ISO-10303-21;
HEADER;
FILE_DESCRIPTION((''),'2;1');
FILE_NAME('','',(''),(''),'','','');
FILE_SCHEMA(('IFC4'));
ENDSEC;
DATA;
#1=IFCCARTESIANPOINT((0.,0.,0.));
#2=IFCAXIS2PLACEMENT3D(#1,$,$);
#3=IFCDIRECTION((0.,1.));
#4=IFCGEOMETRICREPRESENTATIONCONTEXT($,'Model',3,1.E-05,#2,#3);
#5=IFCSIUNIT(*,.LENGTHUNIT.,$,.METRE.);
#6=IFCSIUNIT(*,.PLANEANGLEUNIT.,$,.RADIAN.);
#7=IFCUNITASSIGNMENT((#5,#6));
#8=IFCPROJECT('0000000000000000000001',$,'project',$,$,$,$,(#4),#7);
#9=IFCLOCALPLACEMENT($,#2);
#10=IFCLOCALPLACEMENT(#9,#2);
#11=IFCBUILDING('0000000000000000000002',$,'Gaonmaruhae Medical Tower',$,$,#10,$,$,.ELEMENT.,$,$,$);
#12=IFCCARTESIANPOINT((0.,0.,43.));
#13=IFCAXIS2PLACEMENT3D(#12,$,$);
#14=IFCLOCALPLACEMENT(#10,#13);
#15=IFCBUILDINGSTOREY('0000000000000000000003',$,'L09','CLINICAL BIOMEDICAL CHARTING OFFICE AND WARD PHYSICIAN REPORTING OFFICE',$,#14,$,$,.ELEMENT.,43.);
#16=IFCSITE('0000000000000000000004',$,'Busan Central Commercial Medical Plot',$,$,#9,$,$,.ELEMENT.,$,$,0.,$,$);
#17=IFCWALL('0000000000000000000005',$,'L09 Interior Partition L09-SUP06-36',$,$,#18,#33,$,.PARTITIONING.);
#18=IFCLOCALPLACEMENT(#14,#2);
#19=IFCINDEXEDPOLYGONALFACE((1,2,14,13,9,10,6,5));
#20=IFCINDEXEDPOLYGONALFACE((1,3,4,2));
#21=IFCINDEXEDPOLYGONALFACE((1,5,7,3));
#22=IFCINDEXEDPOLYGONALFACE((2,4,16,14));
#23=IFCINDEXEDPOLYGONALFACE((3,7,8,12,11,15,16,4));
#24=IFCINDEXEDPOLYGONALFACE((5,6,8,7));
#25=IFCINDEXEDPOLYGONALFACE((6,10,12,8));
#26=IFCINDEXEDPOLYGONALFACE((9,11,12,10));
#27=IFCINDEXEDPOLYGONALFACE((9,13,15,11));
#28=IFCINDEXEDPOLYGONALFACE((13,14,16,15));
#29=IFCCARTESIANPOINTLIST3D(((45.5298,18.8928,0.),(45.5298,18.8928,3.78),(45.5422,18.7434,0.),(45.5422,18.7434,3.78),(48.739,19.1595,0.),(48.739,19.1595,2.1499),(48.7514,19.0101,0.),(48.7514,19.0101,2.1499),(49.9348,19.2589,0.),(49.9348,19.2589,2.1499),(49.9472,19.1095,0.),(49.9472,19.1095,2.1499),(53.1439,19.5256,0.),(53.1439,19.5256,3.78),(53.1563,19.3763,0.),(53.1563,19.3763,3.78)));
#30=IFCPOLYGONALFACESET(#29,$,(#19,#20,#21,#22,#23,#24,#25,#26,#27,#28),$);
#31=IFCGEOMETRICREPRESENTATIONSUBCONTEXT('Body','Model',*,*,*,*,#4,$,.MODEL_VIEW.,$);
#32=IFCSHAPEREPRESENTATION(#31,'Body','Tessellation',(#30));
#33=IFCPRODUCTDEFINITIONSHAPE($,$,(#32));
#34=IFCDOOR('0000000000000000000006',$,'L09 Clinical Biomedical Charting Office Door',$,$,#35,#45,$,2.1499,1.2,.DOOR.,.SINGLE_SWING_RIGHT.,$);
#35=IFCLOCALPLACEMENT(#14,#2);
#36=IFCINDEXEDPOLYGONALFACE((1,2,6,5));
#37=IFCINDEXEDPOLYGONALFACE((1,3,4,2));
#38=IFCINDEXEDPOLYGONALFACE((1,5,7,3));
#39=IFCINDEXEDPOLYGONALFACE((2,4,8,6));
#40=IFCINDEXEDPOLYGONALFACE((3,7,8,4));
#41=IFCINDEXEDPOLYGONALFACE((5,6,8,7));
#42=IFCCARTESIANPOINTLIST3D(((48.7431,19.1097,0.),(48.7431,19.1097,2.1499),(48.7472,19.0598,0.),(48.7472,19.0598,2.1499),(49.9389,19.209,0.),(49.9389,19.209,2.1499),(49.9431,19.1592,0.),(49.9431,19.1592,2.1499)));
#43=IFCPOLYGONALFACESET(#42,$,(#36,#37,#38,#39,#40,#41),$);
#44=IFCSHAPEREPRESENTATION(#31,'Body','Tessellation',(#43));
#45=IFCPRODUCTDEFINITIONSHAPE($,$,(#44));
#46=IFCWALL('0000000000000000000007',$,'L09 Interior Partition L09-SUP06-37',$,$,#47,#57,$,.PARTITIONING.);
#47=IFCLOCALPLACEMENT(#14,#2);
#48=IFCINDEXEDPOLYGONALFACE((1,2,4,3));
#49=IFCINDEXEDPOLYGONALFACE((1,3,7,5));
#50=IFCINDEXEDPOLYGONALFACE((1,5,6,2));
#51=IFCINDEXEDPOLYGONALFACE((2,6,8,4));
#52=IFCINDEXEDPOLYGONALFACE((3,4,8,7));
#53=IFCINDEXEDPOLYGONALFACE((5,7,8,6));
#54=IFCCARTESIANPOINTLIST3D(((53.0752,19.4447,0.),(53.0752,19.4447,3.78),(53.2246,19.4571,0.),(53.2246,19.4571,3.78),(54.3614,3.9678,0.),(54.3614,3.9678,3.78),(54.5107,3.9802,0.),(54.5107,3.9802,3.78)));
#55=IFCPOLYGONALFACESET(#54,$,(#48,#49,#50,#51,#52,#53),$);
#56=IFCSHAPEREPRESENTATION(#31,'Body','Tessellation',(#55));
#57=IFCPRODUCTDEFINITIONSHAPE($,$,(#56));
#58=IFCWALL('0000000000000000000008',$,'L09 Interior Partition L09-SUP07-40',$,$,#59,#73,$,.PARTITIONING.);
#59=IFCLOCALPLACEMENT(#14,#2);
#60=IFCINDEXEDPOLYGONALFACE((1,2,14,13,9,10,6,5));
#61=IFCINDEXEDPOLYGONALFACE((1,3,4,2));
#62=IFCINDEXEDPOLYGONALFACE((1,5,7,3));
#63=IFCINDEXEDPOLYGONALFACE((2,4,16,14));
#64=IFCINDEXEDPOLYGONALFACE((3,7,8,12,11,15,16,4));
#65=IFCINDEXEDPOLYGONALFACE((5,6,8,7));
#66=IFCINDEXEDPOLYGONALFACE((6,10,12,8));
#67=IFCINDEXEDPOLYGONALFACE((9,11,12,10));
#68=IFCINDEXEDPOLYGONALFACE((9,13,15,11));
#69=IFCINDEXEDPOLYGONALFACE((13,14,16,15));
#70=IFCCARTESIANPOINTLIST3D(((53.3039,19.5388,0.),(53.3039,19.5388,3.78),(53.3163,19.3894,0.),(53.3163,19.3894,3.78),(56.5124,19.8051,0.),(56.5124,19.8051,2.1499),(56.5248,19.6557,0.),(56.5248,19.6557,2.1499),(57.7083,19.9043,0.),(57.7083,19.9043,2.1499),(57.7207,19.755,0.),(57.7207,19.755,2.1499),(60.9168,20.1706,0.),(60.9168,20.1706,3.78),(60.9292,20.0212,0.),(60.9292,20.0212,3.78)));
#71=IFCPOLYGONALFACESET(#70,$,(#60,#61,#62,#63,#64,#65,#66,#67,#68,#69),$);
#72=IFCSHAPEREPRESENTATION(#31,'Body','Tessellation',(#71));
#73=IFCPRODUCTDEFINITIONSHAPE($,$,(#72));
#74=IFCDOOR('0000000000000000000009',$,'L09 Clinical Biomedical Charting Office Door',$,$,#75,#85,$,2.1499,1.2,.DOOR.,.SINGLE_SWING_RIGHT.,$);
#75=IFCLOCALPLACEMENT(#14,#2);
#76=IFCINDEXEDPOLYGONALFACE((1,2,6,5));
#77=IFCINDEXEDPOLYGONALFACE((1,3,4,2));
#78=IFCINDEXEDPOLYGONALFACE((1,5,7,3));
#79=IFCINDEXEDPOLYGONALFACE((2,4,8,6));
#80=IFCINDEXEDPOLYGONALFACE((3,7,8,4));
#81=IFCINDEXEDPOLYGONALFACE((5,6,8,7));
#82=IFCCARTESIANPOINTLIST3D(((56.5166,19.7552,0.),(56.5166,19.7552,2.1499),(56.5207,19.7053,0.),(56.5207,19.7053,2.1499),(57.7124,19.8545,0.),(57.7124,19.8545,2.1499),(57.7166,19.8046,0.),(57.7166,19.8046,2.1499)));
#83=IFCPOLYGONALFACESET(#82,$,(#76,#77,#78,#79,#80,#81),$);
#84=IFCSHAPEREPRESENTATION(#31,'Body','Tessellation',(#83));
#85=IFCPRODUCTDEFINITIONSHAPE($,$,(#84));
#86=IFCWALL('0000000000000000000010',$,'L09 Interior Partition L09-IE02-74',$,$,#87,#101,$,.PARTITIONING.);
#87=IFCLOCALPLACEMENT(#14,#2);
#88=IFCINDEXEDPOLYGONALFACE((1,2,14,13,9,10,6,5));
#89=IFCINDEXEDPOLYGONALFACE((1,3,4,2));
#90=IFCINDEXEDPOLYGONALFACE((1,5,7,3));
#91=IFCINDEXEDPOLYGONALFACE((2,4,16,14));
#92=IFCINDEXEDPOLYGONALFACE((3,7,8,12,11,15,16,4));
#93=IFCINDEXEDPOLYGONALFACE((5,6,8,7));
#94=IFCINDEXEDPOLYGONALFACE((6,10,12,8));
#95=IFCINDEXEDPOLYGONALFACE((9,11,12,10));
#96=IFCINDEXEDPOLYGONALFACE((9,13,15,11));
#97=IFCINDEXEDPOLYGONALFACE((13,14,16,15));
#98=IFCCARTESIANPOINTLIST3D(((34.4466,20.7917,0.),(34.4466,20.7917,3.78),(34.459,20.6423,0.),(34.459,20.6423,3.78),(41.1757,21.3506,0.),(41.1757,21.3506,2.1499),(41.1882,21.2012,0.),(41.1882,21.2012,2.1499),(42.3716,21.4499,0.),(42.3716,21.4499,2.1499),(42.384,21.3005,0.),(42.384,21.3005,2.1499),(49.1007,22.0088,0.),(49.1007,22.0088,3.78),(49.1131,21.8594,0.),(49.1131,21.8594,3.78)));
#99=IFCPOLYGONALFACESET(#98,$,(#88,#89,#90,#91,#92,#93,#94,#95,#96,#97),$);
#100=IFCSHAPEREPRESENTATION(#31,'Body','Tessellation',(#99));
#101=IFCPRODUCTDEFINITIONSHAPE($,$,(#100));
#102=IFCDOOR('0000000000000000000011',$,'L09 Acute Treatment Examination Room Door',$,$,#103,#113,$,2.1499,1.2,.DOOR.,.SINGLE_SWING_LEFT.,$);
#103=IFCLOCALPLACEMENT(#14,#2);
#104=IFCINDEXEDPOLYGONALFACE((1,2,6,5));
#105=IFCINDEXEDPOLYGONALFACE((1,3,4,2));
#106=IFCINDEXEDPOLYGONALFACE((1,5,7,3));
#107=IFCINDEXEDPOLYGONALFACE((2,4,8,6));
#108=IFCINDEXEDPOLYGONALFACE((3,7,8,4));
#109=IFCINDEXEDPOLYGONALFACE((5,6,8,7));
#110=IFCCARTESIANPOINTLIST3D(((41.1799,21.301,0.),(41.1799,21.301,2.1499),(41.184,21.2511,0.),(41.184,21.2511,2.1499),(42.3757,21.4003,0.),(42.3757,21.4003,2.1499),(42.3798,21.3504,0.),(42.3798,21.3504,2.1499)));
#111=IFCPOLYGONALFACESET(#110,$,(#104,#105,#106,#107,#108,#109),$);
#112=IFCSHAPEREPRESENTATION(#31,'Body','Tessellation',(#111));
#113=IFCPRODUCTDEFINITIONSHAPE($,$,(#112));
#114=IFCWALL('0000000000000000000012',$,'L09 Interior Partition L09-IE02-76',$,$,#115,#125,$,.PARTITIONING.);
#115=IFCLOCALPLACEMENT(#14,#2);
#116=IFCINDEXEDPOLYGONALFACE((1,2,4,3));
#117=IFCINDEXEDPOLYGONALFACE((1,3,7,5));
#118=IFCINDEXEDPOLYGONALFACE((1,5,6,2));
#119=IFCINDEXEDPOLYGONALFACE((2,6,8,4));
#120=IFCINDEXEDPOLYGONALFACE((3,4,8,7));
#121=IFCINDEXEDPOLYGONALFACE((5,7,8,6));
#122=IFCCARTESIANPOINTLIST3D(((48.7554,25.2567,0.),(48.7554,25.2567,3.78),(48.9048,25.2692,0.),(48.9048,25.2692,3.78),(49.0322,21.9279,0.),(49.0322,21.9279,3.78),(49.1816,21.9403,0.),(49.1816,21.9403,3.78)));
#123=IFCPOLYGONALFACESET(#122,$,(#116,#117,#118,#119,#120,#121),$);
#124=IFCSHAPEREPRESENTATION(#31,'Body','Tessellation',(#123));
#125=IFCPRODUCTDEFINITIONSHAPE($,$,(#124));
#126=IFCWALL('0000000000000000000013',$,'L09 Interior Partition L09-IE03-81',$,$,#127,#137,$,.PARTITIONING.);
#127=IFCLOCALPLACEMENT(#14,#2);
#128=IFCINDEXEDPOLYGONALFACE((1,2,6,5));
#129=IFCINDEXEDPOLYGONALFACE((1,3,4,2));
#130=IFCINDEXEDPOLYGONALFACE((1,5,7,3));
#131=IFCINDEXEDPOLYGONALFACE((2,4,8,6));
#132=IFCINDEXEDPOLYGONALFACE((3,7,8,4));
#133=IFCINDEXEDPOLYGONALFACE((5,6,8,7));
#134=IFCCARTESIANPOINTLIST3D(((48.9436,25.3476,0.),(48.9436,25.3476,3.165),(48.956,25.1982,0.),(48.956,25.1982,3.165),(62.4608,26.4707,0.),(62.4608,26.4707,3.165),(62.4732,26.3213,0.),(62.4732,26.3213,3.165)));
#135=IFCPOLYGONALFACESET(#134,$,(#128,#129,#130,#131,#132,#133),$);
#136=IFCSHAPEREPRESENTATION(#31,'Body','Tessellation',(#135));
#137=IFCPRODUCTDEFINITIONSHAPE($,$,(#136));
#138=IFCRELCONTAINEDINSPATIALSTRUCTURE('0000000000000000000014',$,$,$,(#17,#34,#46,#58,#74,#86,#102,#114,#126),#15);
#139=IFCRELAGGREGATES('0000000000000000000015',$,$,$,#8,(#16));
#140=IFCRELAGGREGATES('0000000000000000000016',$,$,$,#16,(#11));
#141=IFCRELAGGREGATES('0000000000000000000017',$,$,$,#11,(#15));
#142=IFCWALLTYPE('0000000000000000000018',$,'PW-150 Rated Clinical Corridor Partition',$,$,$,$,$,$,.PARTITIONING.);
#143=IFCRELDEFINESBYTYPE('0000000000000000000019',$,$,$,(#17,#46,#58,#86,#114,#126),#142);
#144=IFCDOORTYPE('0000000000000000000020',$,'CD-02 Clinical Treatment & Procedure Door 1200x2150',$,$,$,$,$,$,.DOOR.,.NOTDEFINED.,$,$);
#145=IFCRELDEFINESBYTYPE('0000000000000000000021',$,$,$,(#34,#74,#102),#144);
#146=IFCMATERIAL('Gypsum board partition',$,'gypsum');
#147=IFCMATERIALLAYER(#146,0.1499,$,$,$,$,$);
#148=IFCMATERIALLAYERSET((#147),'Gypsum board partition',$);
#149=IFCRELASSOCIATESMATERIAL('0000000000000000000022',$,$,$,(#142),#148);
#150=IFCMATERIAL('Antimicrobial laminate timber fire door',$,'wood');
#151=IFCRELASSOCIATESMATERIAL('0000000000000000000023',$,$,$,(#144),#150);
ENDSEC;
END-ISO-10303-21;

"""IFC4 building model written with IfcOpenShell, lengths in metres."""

from ifc_helpers import new_model, si_unit, direction, frame, frame_2d, origin, place, context, subcontext, project, spatial, rectangle, extrude, material, layer, layer_set, type_object, element, fill, save


model = new_model("IFC4")

# Units and contexts
model_context = context("Model", 3, precision=1e-05, world=origin(), true_north=direction((0.0, 1.0)))
body_context = subcontext(model_context, "Body", "Model", "MODEL_VIEW")
ifc_project = project(units=[si_unit("LENGTHUNIT", "METRE"), si_unit("PLANEANGLEUNIT", "RADIAN")], contexts=[model_context])

# Site, building, storey
site_placement = place(None, origin())
site = spatial("IfcSite", under=ifc_project, at=site_placement, Name="Busan Central Commercial Medical Plot", CompositionType="ELEMENT", RefElevation=0.0)
building_placement = place(site_placement, origin())
building = spatial("IfcBuilding", under=site, at=building_placement, Name="Gaonmaruhae Medical Tower", CompositionType="ELEMENT")
storey_placement = place(building_placement, frame((0.0, 0.0, 43.0)))
storey = spatial("IfcBuildingStorey", under=building, at=storey_placement, Name="L09", Description="CLINICAL BIOMEDICAL CHARTING OFFICE AND WARD PHYSICIAN REPORTING OFFICE", CompositionType="ELEMENT", Elevation=43.0)

# Shared definitions
ifc_material_1 = material(Name="Gypsum board partition", Category="gypsum")
ifc_layer_1 = layer(ifc_material_1, 0.1499)
ifc_layer_set_1 = layer_set([ifc_layer_1], Name="Gypsum board partition")
wall_type_1 = type_object("IfcWallType", Name="PW-150 Rated Clinical Corridor Partition", PredefinedType="PARTITIONING", material=ifc_layer_set_1)

# Shared definitions
ifc_material_2 = material(Name="Antimicrobial laminate timber fire door", Category="wood")
door_type_1 = type_object("IfcDoorType", Name="CD-02 Clinical Treatment & Procedure Door 1200x2150", OperationType="NOTDEFINED", PredefinedType="DOOR", material=ifc_material_2)

# Wall, opening, door
wall_1_placement = place(storey_placement, frame((45.5359, 18.8181, 0.0), z_axis=(0.0, 0.0, 1.0), x_axis=(0.996564, 0.082826, 0.0)))
wall_1 = element("IfcWall", 1, at=wall_1_placement, inside=storey, type_object=wall_type_1, Name="L09 Interior Partition L09-SUP06-36", PredefinedType="PARTITIONING", context=body_context, shape_type="SweptSolid", body=[
    extrude(rectangle(XDim=7.6404, YDim=0.1499, at=frame_2d((3.8203, 0.0))), origin(), (0.0, 0.0, 1.0), 3.78),
])
opening_1_placement = place(wall_1_placement, frame((3.2202, 0.0, 0.0)))
opening_1 = element("IfcOpeningElement", 2, at=opening_1_placement, cuts=wall_1, PredefinedType="OPENING", context=body_context, shape_type="SweptSolid", body=[
    extrude(rectangle(XDim=1.2, YDim=2.1499, at=frame_2d((0.6001, 1.075))), frame((0.0, 0.085, 0.0), z_axis=(0.0, -1.0, 0.0), x_axis=(1.0, 0.0, 0.0)), (0.0, 0.0, 1.0), 0.1699),
])
door_1_placement = place(opening_1_placement, origin())
door_1 = element("IfcDoor", 3, at=door_1_placement, inside=storey, type_object=door_type_1, Name="L09 Clinical Biomedical Charting Office Door", OperationType="SINGLE_SWING_RIGHT", OverallHeight=2.1499, OverallWidth=1.2, PredefinedType="DOOR", context=body_context, shape_type="SweptSolid", body=[
    extrude(rectangle(XDim=1.2, YDim=2.1499, at=frame_2d((0.6001, 1.075))), frame((0.0, 0.0249, 0.0), z_axis=(0.0, -1.0, 0.0), x_axis=(1.0, 0.0, 0.0)), (0.0, 0.0, 1.0), 0.05),
])
fill(opening_1, door_1)

# Wall
wall_2_placement = place(storey_placement, frame((53.1499, 19.4509, 0.0), z_axis=(0.0, 0.0, 1.0), x_axis=(0.082815, -0.996565, 0.0)))
element("IfcWall", 4, at=wall_2_placement, inside=storey, type_object=wall_type_1, Name="L09 Interior Partition L09-SUP06-37", PredefinedType="PARTITIONING", context=body_context, shape_type="SweptSolid", body=[
    extrude(rectangle(XDim=15.5303, YDim=0.1499, at=frame_2d((7.7651, 0.0))), origin(), (0.0, 0.0, 1.0), 3.78),
])

# Walls, openings, doors
wall_3_placement = place(storey_placement, frame((53.3101, 19.4641, 0.0), z_axis=(0.0, 0.0, 1.0), x_axis=(0.996574, 0.08271, 0.0)))
wall_3 = element("IfcWall", 5, at=wall_3_placement, inside=storey, type_object=wall_type_1, Name="L09 Interior Partition L09-SUP07-40", PredefinedType="PARTITIONING", context=body_context, shape_type="SweptSolid", body=[
    extrude(rectangle(XDim=7.6392, YDim=0.1499, at=frame_2d((3.8196, 0.0))), origin(), (0.0, 0.0, 1.0), 3.78),
])
opening_2_placement = place(wall_3_placement, frame((3.2195, 0.0, 0.0)))
opening_2 = element("IfcOpeningElement", 6, at=opening_2_placement, cuts=wall_3, PredefinedType="OPENING", context=body_context, shape_type="SweptSolid", body=[
    extrude(rectangle(XDim=1.2, YDim=2.1499, at=frame_2d((0.6001, 1.075))), frame((0.0, 0.085, 0.0), z_axis=(0.0, -1.0, 0.0), x_axis=(1.0, 0.0, 0.0)), (0.0, 0.0, 1.0), 0.1699),
])
door_2_placement = place(opening_2_placement, origin())
door_2 = element("IfcDoor", 7, at=door_2_placement, inside=storey, type_object=door_type_1, Name="L09 Clinical Biomedical Charting Office Door", OperationType="SINGLE_SWING_RIGHT", OverallHeight=2.1499, OverallWidth=1.2, PredefinedType="DOOR", context=body_context, shape_type="SweptSolid", body=[
    extrude(rectangle(XDim=1.2, YDim=2.1499, at=frame_2d((0.6001, 1.075))), frame((0.0, 0.0249, 0.0), z_axis=(0.0, -1.0, 0.0), x_axis=(1.0, 0.0, 0.0)), (0.0, 0.0, 1.0), 0.05),
])
fill(opening_2, door_2)
wall_4_placement = place(storey_placement, frame((49.1069, 21.9341, 0.0), z_axis=(0.0, 0.0, 1.0), x_axis=(-0.996569, -0.082767, 0.0)))
wall_4 = element("IfcWall", 8, at=wall_4_placement, inside=storey, type_object=wall_type_1, Name="L09 Interior Partition L09-IE02-74", PredefinedType="PARTITIONING", context=body_context, shape_type="SweptSolid", body=[
    extrude(rectangle(XDim=14.7046, YDim=0.1499, at=frame_2d((7.3523, 0.0))), origin(), (0.0, 0.0, 1.0), 3.78),
])
opening_3_placement = place(wall_4_placement, frame((6.7522, 0.0, 0.0)))
opening_3 = element("IfcOpeningElement", 9, at=opening_3_placement, cuts=wall_4, PredefinedType="OPENING", context=body_context, shape_type="SweptSolid", body=[
    extrude(rectangle(XDim=1.2, YDim=2.1499, at=frame_2d((0.6001, 1.075))), frame((0.0, 0.085, 0.0), z_axis=(0.0, -1.0, 0.0), x_axis=(1.0, 0.0, 0.0)), (0.0, 0.0, 1.0), 0.1699),
])
door_3_placement = place(opening_3_placement, origin())
door_3 = element("IfcDoor", 10, at=door_3_placement, inside=storey, type_object=door_type_1, Name="L09 Acute Treatment Examination Room Door", OperationType="SINGLE_SWING_LEFT", OverallHeight=2.1499, OverallWidth=1.2, PredefinedType="DOOR", context=body_context, shape_type="SweptSolid", body=[
    extrude(rectangle(XDim=1.2, YDim=2.1499, at=frame_2d((0.6001, 1.075))), frame((0.0, 0.0249, 0.0), z_axis=(0.0, -1.0, 0.0), x_axis=(1.0, 0.0, 0.0)), (0.0, 0.0, 1.0), 0.05),
])
fill(opening_3, door_3)

# Walls
wall_5_placement = place(storey_placement, frame((48.8301, 25.2629, 0.0), z_axis=(0.0, 0.0, 1.0), x_axis=(0.082882, -0.996559, 0.0)))
element("IfcWall", 11, at=wall_5_placement, inside=storey, type_object=wall_type_1, Name="L09 Interior Partition L09-IE02-76", PredefinedType="PARTITIONING", context=body_context, shape_type="SweptSolid", body=[
    extrude(rectangle(XDim=3.3403, YDim=0.1499, at=frame_2d((1.6702, 0.0))), origin(), (0.0, 0.0, 1.0), 3.78),
])
wall_6_placement = place(storey_placement, frame((48.95, 25.2729, 0.0), z_axis=(0.0, 0.0, 1.0), x_axis=(0.996566, 0.082798, 0.0)))
element("IfcWall", 12, at=wall_6_placement, inside=storey, type_object=wall_type_1, Name="L09 Interior Partition L09-IE03-81", PredefinedType="PARTITIONING", context=body_context, shape_type="SweptSolid", body=[
    extrude(rectangle(XDim=13.5637, YDim=0.1499, at=frame_2d((6.7817, 0.0))), origin(), (0.0, 0.0, 1.0), 3.165),
])

save(model, "model.ifc")
